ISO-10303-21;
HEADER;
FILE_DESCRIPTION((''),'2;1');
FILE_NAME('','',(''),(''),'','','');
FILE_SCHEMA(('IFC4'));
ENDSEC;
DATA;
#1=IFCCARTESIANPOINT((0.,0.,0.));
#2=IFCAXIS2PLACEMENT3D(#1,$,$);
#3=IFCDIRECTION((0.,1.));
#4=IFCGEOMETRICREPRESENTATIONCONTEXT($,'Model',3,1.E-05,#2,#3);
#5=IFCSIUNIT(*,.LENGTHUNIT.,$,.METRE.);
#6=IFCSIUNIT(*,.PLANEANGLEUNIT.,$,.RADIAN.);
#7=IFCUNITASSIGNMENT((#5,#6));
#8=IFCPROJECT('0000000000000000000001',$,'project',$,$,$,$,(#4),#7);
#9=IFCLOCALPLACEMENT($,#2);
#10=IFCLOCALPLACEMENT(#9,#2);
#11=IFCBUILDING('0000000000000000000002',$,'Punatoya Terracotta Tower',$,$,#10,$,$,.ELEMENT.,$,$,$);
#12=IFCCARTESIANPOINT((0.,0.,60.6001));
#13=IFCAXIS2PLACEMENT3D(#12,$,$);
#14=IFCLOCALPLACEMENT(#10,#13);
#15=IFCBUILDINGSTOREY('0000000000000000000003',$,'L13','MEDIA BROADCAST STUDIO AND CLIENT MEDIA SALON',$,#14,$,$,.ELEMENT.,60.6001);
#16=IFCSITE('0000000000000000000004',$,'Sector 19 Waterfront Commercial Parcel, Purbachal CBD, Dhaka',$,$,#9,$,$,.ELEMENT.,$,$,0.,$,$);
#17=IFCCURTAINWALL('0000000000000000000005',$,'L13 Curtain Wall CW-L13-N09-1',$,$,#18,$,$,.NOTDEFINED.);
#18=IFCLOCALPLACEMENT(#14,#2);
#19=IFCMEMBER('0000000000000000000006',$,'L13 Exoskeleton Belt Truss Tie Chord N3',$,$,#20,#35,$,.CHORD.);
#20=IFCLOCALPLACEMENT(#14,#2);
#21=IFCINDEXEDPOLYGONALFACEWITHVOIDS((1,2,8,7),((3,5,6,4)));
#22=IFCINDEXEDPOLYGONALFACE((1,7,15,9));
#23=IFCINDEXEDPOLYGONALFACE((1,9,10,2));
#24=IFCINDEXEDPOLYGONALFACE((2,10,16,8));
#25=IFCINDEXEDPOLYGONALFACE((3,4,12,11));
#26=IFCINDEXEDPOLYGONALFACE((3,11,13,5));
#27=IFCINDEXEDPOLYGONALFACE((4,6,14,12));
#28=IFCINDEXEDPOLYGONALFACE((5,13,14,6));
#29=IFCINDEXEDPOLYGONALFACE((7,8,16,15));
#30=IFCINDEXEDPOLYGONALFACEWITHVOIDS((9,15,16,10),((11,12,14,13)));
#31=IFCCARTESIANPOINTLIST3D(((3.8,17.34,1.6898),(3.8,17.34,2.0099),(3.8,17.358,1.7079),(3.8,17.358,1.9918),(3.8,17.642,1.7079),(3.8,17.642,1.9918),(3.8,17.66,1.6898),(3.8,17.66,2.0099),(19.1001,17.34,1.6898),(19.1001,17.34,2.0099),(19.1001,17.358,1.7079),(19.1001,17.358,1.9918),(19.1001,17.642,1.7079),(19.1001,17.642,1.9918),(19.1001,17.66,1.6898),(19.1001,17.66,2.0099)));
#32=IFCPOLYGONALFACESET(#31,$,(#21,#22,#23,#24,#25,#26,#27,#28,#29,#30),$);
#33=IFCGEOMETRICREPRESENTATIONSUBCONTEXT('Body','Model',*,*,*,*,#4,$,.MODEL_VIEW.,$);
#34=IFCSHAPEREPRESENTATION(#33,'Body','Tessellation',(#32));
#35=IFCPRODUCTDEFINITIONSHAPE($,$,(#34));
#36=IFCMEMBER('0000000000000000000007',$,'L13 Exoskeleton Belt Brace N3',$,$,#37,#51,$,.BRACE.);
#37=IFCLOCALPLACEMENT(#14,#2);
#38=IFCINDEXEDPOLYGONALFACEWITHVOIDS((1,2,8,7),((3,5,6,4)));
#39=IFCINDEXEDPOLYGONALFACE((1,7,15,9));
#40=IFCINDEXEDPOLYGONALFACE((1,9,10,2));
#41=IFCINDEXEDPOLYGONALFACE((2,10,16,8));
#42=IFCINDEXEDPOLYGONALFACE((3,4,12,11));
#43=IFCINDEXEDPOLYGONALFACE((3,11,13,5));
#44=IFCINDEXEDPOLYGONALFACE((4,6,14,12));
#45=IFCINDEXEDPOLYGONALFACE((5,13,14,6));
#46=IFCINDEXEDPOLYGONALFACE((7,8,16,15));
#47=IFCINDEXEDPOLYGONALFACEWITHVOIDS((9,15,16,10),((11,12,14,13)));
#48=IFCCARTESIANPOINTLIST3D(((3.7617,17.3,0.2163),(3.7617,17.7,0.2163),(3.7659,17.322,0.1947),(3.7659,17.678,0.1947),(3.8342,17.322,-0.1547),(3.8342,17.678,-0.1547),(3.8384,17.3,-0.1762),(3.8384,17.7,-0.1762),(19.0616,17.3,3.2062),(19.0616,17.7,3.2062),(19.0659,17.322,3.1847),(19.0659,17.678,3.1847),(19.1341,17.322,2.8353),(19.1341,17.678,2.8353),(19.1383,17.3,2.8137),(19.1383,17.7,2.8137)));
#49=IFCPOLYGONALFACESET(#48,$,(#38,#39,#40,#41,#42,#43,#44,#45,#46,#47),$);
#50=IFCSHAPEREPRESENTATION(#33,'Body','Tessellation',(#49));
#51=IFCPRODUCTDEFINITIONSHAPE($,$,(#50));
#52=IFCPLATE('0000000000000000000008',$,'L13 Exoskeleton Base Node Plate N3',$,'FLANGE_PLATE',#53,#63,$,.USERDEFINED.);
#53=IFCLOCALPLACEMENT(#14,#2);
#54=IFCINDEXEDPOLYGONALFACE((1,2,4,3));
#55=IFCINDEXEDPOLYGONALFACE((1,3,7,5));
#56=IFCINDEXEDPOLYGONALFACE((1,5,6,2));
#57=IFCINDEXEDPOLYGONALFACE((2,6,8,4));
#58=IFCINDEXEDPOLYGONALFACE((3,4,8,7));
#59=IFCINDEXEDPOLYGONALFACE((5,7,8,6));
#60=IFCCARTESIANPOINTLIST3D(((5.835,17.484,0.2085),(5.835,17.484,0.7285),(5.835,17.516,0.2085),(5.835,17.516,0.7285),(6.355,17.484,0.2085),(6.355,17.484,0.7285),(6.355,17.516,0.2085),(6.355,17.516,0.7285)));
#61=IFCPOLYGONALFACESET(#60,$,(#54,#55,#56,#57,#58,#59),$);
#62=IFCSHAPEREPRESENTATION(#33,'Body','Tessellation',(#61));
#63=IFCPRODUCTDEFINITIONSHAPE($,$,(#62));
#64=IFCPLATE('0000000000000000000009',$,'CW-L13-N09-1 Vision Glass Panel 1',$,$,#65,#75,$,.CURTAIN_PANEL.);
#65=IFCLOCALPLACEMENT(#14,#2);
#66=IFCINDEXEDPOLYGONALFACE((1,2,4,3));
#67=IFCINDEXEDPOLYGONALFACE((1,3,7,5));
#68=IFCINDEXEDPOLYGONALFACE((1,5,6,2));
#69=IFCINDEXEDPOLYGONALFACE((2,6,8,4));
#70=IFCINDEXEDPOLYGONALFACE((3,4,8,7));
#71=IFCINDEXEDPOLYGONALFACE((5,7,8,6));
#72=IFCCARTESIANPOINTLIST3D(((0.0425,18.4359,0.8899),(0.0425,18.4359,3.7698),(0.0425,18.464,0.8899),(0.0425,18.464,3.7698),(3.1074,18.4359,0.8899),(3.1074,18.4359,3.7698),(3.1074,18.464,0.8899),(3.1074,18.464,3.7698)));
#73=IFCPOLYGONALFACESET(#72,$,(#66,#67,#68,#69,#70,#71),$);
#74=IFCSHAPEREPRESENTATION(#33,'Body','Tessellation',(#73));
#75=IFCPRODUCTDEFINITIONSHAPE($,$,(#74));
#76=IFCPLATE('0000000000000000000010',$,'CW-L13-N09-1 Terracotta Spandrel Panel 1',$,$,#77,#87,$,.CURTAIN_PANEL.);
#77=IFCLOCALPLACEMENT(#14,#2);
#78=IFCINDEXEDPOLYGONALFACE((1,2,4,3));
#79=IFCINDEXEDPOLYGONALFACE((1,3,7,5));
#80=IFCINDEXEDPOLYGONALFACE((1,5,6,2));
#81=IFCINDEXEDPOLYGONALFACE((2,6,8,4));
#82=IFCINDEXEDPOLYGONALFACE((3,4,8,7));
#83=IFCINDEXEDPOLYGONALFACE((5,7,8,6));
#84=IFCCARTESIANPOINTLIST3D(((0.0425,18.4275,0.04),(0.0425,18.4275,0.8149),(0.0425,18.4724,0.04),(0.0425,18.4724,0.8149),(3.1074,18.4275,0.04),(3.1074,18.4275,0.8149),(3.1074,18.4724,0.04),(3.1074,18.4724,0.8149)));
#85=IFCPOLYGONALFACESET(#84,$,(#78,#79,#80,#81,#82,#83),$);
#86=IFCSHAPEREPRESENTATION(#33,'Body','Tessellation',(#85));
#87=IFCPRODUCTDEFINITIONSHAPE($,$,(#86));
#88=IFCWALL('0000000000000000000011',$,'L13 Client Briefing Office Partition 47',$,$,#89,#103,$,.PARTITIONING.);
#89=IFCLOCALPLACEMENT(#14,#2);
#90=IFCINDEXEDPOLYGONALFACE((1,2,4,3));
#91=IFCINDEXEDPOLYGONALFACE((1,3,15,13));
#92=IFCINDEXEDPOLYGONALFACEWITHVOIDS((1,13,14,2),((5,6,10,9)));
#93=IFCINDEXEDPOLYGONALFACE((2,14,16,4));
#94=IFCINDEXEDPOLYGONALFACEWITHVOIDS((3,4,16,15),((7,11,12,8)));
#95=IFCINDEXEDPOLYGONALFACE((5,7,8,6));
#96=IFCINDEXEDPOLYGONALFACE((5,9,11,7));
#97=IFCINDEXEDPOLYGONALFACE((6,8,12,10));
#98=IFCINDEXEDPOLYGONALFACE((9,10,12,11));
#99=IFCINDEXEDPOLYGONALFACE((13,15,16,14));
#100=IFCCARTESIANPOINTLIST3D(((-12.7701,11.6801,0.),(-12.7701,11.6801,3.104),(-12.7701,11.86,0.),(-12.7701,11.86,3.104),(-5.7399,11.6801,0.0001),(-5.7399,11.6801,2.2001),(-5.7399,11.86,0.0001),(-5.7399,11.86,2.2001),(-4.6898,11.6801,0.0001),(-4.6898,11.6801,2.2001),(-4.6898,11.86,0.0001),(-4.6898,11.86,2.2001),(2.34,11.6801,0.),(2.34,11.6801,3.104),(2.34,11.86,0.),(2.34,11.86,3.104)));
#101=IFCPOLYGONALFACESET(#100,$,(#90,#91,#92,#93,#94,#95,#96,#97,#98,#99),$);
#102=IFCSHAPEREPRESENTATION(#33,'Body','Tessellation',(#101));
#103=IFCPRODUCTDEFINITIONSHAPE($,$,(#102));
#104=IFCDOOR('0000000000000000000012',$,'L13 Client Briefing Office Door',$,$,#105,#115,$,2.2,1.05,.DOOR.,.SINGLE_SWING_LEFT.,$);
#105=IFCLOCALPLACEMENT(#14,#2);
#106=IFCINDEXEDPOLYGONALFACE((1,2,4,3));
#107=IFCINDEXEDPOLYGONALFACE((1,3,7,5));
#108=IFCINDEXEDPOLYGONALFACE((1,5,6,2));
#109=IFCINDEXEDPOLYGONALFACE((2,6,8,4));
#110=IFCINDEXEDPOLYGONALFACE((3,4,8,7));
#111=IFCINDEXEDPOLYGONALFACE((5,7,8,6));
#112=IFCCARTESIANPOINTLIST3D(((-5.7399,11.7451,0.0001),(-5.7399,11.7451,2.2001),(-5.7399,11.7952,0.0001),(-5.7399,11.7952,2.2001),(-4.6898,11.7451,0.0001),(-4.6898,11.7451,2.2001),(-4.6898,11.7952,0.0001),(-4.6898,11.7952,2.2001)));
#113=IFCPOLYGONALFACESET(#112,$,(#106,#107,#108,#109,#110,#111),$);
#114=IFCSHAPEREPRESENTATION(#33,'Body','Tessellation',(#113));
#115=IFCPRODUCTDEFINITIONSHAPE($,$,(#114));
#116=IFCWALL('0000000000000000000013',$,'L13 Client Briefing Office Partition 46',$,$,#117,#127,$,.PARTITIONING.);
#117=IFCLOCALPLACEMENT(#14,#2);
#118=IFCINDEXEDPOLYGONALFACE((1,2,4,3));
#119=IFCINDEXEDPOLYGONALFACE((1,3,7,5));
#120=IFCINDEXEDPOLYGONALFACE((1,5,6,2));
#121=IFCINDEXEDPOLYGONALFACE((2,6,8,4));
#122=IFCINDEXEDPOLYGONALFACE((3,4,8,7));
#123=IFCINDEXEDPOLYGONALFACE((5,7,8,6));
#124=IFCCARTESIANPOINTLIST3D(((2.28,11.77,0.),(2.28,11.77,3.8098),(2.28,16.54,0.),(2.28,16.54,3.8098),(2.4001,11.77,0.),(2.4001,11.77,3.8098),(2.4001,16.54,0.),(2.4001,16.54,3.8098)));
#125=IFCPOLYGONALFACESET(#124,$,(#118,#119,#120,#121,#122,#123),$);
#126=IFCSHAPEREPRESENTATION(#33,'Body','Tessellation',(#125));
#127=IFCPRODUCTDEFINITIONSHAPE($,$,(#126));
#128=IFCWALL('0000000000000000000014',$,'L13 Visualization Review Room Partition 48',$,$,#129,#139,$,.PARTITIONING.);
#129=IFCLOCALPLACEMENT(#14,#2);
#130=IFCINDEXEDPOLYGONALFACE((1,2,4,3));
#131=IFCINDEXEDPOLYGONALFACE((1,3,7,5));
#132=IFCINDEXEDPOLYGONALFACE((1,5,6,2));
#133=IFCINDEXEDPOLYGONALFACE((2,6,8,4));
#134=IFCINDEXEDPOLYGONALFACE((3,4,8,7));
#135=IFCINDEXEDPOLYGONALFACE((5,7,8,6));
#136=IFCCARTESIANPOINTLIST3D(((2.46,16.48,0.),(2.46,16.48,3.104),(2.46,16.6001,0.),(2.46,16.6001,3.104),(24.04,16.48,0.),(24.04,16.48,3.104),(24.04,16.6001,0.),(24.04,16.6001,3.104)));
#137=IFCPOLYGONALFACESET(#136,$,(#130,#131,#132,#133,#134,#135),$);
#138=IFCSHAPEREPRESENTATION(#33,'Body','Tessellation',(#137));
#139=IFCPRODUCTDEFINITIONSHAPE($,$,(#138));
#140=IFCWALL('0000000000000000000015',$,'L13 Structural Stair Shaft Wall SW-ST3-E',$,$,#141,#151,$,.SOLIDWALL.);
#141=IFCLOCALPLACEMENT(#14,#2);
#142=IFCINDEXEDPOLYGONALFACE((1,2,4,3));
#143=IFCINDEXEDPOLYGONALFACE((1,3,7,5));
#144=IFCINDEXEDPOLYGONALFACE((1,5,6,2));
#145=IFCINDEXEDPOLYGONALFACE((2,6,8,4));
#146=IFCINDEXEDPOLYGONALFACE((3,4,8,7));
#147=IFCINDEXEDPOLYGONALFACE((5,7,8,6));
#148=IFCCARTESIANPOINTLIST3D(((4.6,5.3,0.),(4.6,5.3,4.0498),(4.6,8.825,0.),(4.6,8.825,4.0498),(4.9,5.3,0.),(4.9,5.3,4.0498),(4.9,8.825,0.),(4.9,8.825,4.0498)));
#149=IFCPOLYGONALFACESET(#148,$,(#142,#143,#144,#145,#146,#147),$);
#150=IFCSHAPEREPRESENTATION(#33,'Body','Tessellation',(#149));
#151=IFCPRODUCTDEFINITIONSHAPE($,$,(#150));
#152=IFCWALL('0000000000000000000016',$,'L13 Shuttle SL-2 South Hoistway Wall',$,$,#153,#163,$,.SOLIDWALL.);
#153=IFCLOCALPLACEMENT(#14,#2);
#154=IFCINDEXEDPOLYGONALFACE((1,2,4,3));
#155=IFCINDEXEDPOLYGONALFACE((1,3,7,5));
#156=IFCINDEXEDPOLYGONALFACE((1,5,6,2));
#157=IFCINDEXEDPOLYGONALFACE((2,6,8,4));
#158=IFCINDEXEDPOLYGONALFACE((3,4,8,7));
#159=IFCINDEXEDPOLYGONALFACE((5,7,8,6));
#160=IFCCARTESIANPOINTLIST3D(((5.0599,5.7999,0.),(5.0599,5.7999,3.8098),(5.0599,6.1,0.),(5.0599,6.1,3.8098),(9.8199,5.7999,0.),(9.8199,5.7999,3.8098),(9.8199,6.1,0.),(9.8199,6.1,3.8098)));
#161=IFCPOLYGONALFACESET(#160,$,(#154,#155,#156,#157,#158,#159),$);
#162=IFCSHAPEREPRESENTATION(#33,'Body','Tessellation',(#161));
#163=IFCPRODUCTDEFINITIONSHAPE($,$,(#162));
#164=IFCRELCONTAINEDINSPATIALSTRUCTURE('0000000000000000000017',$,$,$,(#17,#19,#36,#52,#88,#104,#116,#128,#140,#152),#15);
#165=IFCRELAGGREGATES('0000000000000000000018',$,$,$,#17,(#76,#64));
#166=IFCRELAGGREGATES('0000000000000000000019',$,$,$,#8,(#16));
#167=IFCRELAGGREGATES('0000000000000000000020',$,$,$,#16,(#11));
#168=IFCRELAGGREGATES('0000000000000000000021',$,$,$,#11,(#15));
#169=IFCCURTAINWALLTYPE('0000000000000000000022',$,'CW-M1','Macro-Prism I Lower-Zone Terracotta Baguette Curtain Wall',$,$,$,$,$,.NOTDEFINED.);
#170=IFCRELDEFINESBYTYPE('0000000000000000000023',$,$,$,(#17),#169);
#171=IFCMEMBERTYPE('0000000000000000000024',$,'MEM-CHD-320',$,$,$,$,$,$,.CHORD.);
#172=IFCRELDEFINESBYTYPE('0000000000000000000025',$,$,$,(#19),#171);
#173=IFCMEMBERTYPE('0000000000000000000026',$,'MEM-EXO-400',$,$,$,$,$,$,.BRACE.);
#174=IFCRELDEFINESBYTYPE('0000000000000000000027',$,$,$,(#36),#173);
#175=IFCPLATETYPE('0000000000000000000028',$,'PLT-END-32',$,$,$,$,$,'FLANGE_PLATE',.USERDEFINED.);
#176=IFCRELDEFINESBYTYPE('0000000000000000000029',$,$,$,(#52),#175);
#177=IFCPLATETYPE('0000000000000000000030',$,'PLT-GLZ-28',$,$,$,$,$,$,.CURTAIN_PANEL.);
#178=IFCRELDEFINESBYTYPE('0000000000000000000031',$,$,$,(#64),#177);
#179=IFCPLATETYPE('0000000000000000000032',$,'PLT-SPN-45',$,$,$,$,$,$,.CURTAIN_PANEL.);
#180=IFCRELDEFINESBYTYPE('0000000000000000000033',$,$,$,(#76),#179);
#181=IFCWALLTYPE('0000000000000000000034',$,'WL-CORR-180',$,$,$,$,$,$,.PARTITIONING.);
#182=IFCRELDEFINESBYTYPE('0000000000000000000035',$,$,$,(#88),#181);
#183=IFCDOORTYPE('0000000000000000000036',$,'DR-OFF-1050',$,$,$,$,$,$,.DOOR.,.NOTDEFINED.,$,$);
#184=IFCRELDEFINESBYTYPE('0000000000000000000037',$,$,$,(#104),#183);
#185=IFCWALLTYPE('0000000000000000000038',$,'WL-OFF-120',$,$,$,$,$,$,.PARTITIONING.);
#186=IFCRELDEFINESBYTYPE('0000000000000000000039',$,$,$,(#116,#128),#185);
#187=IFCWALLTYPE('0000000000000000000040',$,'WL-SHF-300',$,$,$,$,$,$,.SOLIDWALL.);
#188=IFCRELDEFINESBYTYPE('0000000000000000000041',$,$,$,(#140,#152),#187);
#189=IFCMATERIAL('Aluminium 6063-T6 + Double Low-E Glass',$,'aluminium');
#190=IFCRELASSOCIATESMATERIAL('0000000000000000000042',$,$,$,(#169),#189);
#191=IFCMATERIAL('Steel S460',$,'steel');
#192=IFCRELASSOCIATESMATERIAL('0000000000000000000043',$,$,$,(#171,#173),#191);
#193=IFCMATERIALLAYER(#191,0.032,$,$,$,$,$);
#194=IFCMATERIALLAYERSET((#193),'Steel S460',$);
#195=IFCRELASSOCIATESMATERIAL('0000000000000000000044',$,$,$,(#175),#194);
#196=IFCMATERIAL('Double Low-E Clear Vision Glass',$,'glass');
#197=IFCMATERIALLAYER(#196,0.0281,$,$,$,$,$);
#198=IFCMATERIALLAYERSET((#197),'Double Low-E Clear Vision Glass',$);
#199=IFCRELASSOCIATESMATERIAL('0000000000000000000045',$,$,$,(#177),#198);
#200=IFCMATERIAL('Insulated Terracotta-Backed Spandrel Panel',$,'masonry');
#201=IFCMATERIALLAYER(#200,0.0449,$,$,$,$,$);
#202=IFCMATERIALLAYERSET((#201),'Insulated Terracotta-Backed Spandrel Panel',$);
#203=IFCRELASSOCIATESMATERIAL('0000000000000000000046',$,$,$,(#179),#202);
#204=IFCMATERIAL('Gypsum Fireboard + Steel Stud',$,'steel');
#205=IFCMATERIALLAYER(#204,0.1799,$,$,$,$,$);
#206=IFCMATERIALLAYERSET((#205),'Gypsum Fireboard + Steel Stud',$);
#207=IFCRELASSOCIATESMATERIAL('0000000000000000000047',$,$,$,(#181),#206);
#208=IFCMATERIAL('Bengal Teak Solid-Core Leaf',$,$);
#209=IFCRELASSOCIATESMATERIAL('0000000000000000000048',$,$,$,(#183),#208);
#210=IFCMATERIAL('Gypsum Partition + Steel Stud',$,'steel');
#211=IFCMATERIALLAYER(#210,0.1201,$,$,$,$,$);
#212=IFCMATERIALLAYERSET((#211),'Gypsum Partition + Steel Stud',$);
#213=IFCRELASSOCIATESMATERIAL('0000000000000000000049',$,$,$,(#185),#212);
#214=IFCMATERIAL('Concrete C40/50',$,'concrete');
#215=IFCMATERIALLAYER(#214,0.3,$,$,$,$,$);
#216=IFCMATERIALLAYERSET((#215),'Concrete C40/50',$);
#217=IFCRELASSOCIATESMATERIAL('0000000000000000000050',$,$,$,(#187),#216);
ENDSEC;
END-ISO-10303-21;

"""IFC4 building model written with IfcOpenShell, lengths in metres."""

from ifc_helpers import new_model, si_unit, direction, frame, frame_2d, origin, origin_2d, place, context, subcontext, project, spatial, rectangle, hollow_rectangle, extrude, material, layer, layer_set, material_profile, profile_set, type_object, element, fill, aggregate, save


model = new_model("IFC4")

# Units and contexts
model_context = context("Model", 3, precision=1e-05, world=origin(), true_north=direction((0.0, 1.0)))
body_context = subcontext(model_context, "Body", "Model", "MODEL_VIEW")
ifc_project = project(units=[si_unit("LENGTHUNIT", "METRE"), si_unit("PLANEANGLEUNIT", "RADIAN")], contexts=[model_context])

# Site, building, storey
site_placement = place(None, origin())
site = spatial("IfcSite", under=ifc_project, at=site_placement, Name="Sector 19 Waterfront Commercial Parcel, Purbachal CBD, Dhaka", CompositionType="ELEMENT", RefElevation=0.0)
building_placement = place(site_placement, origin())
building = spatial("IfcBuilding", under=site, at=building_placement, Name="Punatoya Terracotta Tower", CompositionType="ELEMENT")
storey_placement = place(building_placement, frame((0.0, 0.0, 60.6001)))
storey = spatial("IfcBuildingStorey", under=building, at=storey_placement, Name="L13", Description="MEDIA BROADCAST STUDIO AND CLIENT MEDIA SALON", CompositionType="ELEMENT", Elevation=60.6001)

# Shared definitions
ifc_material_1 = material(Name="Steel S460", Category="steel")

# Curtain wall
ifc_material_2 = material(Name="Aluminium 6063-T6 + Double Low-E Glass", Category="aluminium")
curtain_wall_type = type_object("IfcCurtainWallType", Name="CW-M1", Description="Macro-Prism I Lower-Zone Terracotta Baguette Curtain Wall", PredefinedType="NOTDEFINED", material=ifc_material_2)
curtain_wall_placement = place(storey_placement, origin())
curtain_wall = element("IfcCurtainWall", 1, at=curtain_wall_placement, inside=storey, type_object=curtain_wall_type, Name="L13 Curtain Wall CW-L13-N09-1", PredefinedType="NOTDEFINED")

# Members
ifc_material_profile_1 = material_profile(ifc_material_1, hollow_rectangle(XDim=0.3201, YDim=0.3201, WallThickness=0.0181, at=origin_2d()))
ifc_profile_set_1 = profile_set([ifc_material_profile_1], Name="Steel S460")
member_type_1 = type_object("IfcMemberType", Name="MEM-CHD-320", PredefinedType="CHORD", material=ifc_profile_set_1)
member_1_placement = place(storey_placement, frame((3.8, 17.5, 1.8499), z_axis=(1.0, 0.0, 0.0), x_axis=(0.0, 1.0, 0.0)))
element("IfcMember", 2, at=member_1_placement, inside=storey, type_object=member_type_1, Name="L13 Exoskeleton Belt Truss Tie Chord N3", PredefinedType="CHORD", context=body_context, shape_type="SweptSolid", body=[
    extrude(hollow_rectangle(XDim=0.3201, YDim=0.3201, WallThickness=0.0181, at=origin_2d()), origin(), (0.0, 0.0, 1.0), 15.3),
])
ifc_material_profile_2 = material_profile(ifc_material_1, hollow_rectangle(XDim=0.3999, YDim=0.3999, WallThickness=0.022, at=origin_2d()))
ifc_profile_set_2 = profile_set([ifc_material_profile_2], Name="Steel S460")
member_type_2 = type_object("IfcMemberType", Name="MEM-EXO-400", PredefinedType="BRACE", material=ifc_profile_set_2)
member_2_placement = place(storey_placement, frame((3.8, 17.5, 0.02), z_axis=(0.981435, 0.0, 0.191796), x_axis=(0.0, 1.0, 0.0)))
element("IfcMember", 3, at=member_2_placement, inside=storey, type_object=member_type_2, Name="L13 Exoskeleton Belt Brace N3", PredefinedType="BRACE", context=body_context, shape_type="SweptSolid", body=[
    extrude(hollow_rectangle(XDim=0.3999, YDim=0.3999, WallThickness=0.022, at=origin_2d()), origin(), (0.0, 0.0, 1.0), 15.5894),
])

# Plates
ifc_layer_1 = layer(ifc_material_1, 0.032)
ifc_layer_set_1 = layer_set([ifc_layer_1], Name="Steel S460")
plate_type_1 = type_object("IfcPlateType", Name="PLT-END-32", ElementType="FLANGE_PLATE", PredefinedType="USERDEFINED", material=ifc_layer_set_1)
plate_1_placement = place(storey_placement, frame((6.095, 17.5, 0.2085), z_axis=(0.0, 0.0, 1.0), x_axis=(1.0, 0.0, 0.0)))
element("IfcPlate", 4, at=plate_1_placement, inside=storey, type_object=plate_type_1, Name="L13 Exoskeleton Base Node Plate N3", ObjectType="FLANGE_PLATE", PredefinedType="USERDEFINED", context=body_context, shape_type="SweptSolid", body=[
    extrude(rectangle(XDim=0.52, YDim=0.032, at=origin_2d()), origin(), (0.0, 0.0, 1.0), 0.52),
])
ifc_material_3 = material(Name="Double Low-E Clear Vision Glass", Category="glass")
ifc_layer_2 = layer(ifc_material_3, 0.0281)
ifc_layer_set_2 = layer_set([ifc_layer_2], Name="Double Low-E Clear Vision Glass")
plate_type_2 = type_object("IfcPlateType", Name="PLT-GLZ-28", PredefinedType="CURTAIN_PANEL", material=ifc_layer_set_2)
plate_2_placement = place(storey_placement, frame((1.575, 18.45, 0.8899), z_axis=(0.0, 0.0, 1.0), x_axis=(-1.0, 0.0, 0.0)))
plate_2 = element("IfcPlate", 5, at=plate_2_placement, type_object=plate_type_2, Name="CW-L13-N09-1 Vision Glass Panel 1", PredefinedType="CURTAIN_PANEL", context=body_context, shape_type="SweptSolid", body=[
    extrude(rectangle(XDim=3.0649, YDim=0.0281, at=origin_2d()), origin(), (0.0, 0.0, 1.0), 2.8799),
])
ifc_material_4 = material(Name="Insulated Terracotta-Backed Spandrel Panel", Category="masonry")
ifc_layer_3 = layer(ifc_material_4, 0.0449)
ifc_layer_set_3 = layer_set([ifc_layer_3], Name="Insulated Terracotta-Backed Spandrel Panel")
plate_type_3 = type_object("IfcPlateType", Name="PLT-SPN-45", PredefinedType="CURTAIN_PANEL", material=ifc_layer_set_3)
plate_3_placement = place(storey_placement, frame((1.575, 18.45, 0.04), z_axis=(0.0, 0.0, 1.0), x_axis=(-1.0, 0.0, 0.0)))
plate_3 = element("IfcPlate", 6, at=plate_3_placement, type_object=plate_type_3, Name="CW-L13-N09-1 Terracotta Spandrel Panel 1", PredefinedType="CURTAIN_PANEL", context=body_context, shape_type="SweptSolid", body=[
    extrude(rectangle(XDim=3.0649, YDim=0.0449, at=origin_2d()), origin(), (0.0, 0.0, 1.0), 0.7749),
])
aggregate(curtain_wall, [plate_3, plate_2])

# Wall, opening, door
ifc_material_5 = material(Name="Gypsum Fireboard + Steel Stud", Category="steel")
ifc_layer_4 = layer(ifc_material_5, 0.1799)
ifc_layer_set_4 = layer_set([ifc_layer_4], Name="Gypsum Fireboard + Steel Stud")
wall_type_1 = type_object("IfcWallType", Name="WL-CORR-180", PredefinedType="PARTITIONING", material=ifc_layer_set_4)
wall_1_placement = place(storey_placement, frame((2.3401, 11.77, 0.0), z_axis=(0.0, 0.0, 1.0), x_axis=(-1.0, 0.0, 0.0)))
wall_1 = element("IfcWall", 7, at=wall_1_placement, inside=storey, type_object=wall_type_1, Name="L13 Client Briefing Office Partition 47", PredefinedType="PARTITIONING", context=body_context, shape_type="SweptSolid", body=[
    extrude(rectangle(XDim=15.1101, YDim=0.1799, at=frame_2d((7.5552, 0.0))), origin(), (0.0, 0.0, 1.0), 3.104),
])
opening_placement = place(wall_1_placement, frame((7.03, 0.0, 0.0)))
opening = element("IfcOpeningElement", 8, at=opening_placement, cuts=wall_1, PredefinedType="OPENING", context=body_context, shape_type="SweptSolid", body=[
    extrude(rectangle(XDim=1.05, YDim=2.2, at=frame_2d((0.5249, 1.1001))), frame((0.0, 0.0999, 0.0), z_axis=(0.0, -1.0, 0.0), x_axis=(1.0, 0.0, 0.0)), (0.0, 0.0, 1.0), 0.2),
])
ifc_material_6 = material(Name="Bengal Teak Solid-Core Leaf")
door_type = type_object("IfcDoorType", Name="DR-OFF-1050", OperationType="NOTDEFINED", PredefinedType="DOOR", material=ifc_material_6)
door_placement = place(opening_placement, origin())
door = element("IfcDoor", 9, at=door_placement, inside=storey, type_object=door_type, Name="L13 Client Briefing Office Door", OperationType="SINGLE_SWING_LEFT", OverallHeight=2.2, OverallWidth=1.05, PredefinedType="DOOR", context=body_context, shape_type="SweptSolid", body=[
    extrude(rectangle(XDim=1.05, YDim=2.2, at=frame_2d((0.5249, 1.1001))), frame((0.0, 0.0249, 0.0), z_axis=(0.0, -1.0, 0.0), x_axis=(1.0, 0.0, 0.0)), (0.0, 0.0, 1.0), 0.05),
])
fill(opening, door)

# Walls
ifc_material_7 = material(Name="Gypsum Partition + Steel Stud", Category="steel")
ifc_layer_5 = layer(ifc_material_7, 0.1201)
ifc_layer_set_5 = layer_set([ifc_layer_5], Name="Gypsum Partition + Steel Stud")
wall_type_2 = type_object("IfcWallType", Name="WL-OFF-120", PredefinedType="PARTITIONING", material=ifc_layer_set_5)
wall_2_placement = place(storey_placement, frame((2.3401, 16.54, 0.0), z_axis=(0.0, 0.0, 1.0), x_axis=(0.0, -1.0, 0.0)))
element("IfcWall", 10, at=wall_2_placement, inside=storey, type_object=wall_type_2, Name="L13 Client Briefing Office Partition 46", PredefinedType="PARTITIONING", context=body_context, shape_type="SweptSolid", body=[
    extrude(rectangle(XDim=4.77, YDim=0.1201, at=frame_2d((2.385, 0.0))), origin(), (0.0, 0.0, 1.0), 3.8098),
])
wall_3_placement = place(storey_placement, frame((2.46, 16.54, 0.0), z_axis=(0.0, 0.0, 1.0), x_axis=(1.0, 0.0, 0.0)))
element("IfcWall", 11, at=wall_3_placement, inside=storey, type_object=wall_type_2, Name="L13 Visualization Review Room Partition 48", PredefinedType="PARTITIONING", context=body_context, shape_type="SweptSolid", body=[
    extrude(rectangle(XDim=21.5801, YDim=0.1201, at=frame_2d((10.79, 0.0))), origin(), (0.0, 0.0, 1.0), 3.104),
])
ifc_material_8 = material(Name="Concrete C40/50", Category="concrete")
ifc_layer_6 = layer(ifc_material_8, 0.3)
ifc_layer_set_6 = layer_set([ifc_layer_6], Name="Concrete C40/50")
wall_type_3 = type_object("IfcWallType", Name="WL-SHF-300", PredefinedType="SOLIDWALL", material=ifc_layer_set_6)
wall_4_placement = place(storey_placement, frame((4.75, 8.825, 0.0), z_axis=(0.0, 0.0, 1.0), x_axis=(0.0, -1.0, 0.0)))
element("IfcWall", 12, at=wall_4_placement, inside=storey, type_object=wall_type_3, Name="L13 Structural Stair Shaft Wall SW-ST3-E", PredefinedType="SOLIDWALL", context=body_context, shape_type="SweptSolid", body=[
    extrude(rectangle(XDim=3.5249, YDim=0.3, at=frame_2d((1.7625, 0.0))), origin(), (0.0, 0.0, 1.0), 4.0498),
])
wall_5_placement = place(storey_placement, frame((5.0601, 5.95, 0.0), z_axis=(0.0, 0.0, 1.0), x_axis=(1.0, 0.0, 0.0)))
element("IfcWall", 13, at=wall_5_placement, inside=storey, type_object=wall_type_3, Name="L13 Shuttle SL-2 South Hoistway Wall", PredefinedType="SOLIDWALL", context=body_context, shape_type="SweptSolid", body=[
    extrude(rectangle(XDim=4.76, YDim=0.3, at=frame_2d((2.3799, 0.0))), origin(), (0.0, 0.0, 1.0), 3.8098),
])

save(model, "model.ifc")
